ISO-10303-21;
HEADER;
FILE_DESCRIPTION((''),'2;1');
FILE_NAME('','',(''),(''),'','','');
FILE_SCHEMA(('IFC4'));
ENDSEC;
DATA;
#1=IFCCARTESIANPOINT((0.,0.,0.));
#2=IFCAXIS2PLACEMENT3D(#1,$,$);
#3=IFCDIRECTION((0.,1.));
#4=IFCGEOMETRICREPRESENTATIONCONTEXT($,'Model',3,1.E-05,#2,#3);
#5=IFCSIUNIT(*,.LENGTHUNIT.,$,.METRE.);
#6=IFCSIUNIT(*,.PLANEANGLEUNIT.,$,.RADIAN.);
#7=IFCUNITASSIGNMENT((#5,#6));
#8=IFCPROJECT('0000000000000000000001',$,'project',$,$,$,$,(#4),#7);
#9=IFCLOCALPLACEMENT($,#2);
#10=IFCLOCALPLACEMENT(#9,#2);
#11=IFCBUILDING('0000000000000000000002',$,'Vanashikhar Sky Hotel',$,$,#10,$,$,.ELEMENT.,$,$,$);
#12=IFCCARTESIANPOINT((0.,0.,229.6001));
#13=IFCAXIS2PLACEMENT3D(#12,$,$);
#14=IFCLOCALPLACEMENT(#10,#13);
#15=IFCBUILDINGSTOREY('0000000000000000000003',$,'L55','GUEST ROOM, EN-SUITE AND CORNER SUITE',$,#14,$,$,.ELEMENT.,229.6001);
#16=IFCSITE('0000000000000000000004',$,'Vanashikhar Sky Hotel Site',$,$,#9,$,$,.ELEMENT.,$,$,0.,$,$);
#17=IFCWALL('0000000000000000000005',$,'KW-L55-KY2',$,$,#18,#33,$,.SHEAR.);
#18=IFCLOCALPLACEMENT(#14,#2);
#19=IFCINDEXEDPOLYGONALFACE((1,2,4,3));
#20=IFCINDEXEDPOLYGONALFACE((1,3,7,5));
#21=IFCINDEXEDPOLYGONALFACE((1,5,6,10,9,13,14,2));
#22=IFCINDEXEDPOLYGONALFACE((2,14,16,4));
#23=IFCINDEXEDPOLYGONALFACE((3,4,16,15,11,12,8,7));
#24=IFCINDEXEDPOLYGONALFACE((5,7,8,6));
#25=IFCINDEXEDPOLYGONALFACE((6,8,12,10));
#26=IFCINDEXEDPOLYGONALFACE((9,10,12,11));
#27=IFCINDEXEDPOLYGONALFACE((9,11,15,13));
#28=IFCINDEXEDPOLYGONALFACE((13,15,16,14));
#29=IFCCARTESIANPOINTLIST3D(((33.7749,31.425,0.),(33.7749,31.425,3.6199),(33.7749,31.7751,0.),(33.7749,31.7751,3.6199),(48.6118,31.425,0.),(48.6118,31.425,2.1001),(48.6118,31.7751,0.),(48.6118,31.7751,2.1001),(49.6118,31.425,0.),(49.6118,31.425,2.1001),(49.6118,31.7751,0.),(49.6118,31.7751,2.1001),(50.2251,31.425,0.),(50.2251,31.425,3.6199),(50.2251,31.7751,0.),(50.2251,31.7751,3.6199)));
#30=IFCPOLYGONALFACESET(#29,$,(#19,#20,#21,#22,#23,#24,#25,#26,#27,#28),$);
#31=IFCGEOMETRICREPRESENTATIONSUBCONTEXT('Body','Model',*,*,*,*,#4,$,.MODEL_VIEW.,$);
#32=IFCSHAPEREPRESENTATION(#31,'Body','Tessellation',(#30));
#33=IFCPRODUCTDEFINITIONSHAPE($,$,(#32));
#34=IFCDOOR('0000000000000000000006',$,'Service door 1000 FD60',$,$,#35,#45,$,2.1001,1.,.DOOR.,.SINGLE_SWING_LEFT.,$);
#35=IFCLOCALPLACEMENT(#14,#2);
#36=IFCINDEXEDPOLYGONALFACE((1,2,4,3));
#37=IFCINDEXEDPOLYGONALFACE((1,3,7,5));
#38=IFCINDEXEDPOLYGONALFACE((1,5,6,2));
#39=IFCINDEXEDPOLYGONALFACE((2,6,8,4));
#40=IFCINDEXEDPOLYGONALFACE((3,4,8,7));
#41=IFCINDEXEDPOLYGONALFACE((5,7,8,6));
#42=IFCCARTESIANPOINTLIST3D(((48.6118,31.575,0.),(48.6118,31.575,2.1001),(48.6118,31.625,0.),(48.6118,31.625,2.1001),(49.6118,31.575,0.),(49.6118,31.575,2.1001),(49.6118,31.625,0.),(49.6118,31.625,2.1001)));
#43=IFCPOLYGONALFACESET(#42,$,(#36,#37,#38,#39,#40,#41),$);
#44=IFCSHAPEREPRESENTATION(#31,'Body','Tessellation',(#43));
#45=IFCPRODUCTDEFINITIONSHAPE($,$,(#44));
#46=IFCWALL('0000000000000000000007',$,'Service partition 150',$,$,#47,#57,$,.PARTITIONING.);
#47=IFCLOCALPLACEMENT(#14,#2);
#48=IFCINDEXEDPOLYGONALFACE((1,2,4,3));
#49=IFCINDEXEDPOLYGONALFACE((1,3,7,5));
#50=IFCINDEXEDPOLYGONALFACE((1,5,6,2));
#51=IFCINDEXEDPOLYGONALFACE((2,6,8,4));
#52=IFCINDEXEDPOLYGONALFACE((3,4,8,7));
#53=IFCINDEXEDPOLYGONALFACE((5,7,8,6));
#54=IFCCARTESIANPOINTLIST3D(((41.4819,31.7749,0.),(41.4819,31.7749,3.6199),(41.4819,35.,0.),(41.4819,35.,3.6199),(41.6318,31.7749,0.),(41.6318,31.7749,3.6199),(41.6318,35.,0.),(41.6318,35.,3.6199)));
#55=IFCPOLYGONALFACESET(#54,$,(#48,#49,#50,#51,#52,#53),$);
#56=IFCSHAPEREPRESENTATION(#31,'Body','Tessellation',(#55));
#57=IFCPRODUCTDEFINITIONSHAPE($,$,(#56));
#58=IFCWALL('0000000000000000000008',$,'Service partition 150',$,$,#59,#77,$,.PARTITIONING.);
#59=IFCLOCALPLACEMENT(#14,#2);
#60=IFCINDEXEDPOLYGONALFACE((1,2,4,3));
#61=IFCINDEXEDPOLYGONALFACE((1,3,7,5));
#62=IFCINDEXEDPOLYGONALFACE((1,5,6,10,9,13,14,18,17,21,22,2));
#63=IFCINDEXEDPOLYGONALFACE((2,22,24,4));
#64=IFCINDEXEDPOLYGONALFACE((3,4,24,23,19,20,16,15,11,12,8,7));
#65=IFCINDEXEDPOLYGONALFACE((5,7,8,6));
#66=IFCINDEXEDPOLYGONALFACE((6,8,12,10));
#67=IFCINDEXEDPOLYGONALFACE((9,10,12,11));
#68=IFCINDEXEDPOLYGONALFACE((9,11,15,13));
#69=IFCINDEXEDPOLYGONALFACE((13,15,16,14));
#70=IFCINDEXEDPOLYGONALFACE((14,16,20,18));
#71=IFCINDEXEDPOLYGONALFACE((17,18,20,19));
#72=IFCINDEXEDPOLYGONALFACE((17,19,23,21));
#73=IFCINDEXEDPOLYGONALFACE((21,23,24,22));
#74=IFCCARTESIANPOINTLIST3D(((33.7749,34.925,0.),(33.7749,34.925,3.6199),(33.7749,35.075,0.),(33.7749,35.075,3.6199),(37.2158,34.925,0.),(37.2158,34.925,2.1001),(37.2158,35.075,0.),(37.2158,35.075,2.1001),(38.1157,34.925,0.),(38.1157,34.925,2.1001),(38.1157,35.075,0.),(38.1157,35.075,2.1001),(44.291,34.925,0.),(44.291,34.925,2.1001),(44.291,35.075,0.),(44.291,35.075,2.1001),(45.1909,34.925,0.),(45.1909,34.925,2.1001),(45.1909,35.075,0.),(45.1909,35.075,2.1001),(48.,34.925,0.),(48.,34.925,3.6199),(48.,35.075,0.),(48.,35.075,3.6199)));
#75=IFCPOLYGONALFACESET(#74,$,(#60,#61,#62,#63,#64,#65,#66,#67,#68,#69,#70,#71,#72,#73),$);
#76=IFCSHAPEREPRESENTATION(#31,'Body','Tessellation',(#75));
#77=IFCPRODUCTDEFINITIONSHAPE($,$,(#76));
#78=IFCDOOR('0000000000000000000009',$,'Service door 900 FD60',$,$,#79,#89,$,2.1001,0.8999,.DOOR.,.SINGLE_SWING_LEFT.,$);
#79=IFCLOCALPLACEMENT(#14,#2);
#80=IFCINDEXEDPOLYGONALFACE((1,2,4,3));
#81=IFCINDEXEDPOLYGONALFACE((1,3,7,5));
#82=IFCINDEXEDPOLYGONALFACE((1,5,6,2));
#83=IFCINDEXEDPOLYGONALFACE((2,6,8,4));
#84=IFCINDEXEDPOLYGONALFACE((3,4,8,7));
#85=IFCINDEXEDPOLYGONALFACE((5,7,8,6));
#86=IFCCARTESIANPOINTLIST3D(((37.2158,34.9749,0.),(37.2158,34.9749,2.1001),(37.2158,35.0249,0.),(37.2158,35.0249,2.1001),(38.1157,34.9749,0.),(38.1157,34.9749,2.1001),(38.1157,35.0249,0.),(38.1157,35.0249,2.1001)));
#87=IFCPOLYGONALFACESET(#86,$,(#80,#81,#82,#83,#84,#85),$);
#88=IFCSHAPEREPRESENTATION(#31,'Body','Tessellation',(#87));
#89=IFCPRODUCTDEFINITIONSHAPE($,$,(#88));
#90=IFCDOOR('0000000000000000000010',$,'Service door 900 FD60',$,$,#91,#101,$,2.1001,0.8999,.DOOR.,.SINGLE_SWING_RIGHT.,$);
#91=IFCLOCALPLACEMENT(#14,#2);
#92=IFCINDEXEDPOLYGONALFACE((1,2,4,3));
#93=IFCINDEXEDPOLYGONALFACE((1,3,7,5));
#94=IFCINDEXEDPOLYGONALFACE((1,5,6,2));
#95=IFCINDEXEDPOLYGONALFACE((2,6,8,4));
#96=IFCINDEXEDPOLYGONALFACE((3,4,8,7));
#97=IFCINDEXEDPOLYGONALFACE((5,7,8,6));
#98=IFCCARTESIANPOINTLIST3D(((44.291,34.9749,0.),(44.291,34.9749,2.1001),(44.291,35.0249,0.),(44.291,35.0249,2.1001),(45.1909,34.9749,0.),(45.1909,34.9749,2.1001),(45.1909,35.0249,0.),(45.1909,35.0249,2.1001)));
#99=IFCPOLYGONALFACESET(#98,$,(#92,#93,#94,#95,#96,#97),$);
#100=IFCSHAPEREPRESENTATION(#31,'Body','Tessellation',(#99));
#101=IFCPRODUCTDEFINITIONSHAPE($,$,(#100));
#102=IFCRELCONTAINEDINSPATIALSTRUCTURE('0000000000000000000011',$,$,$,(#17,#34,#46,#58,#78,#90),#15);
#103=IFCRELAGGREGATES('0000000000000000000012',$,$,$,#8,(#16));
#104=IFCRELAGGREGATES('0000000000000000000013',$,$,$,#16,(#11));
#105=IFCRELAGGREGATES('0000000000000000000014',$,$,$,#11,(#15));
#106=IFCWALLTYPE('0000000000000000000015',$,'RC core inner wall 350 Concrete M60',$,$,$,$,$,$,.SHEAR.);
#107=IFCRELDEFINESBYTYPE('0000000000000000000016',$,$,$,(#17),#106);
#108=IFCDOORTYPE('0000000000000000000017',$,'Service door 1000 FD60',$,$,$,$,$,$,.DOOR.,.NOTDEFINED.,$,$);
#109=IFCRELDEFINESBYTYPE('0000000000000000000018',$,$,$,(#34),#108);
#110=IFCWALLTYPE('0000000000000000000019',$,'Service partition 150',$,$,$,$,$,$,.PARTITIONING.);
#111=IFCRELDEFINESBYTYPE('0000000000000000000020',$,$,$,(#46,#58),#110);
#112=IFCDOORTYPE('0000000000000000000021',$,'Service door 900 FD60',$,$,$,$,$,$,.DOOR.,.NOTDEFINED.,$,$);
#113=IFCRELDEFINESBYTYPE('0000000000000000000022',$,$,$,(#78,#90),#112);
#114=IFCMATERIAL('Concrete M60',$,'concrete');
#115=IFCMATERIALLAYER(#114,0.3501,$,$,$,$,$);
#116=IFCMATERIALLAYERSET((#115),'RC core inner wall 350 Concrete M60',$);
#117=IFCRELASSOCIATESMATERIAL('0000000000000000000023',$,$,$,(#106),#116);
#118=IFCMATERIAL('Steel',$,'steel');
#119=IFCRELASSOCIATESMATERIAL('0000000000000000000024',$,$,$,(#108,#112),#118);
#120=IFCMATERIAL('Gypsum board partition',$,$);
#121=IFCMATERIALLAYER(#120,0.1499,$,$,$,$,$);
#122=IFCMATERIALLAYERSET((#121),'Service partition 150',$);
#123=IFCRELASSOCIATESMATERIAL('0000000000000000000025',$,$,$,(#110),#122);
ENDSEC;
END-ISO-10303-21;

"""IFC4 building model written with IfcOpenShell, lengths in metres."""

from ifc_helpers import new_model, si_unit, direction, frame, frame_2d, origin, place, context, subcontext, project, spatial, rectangle, extrude, source, transform, mapped, material, layer, layer_set, type_object, element, fill, save


model = new_model("IFC4")

# Units and contexts
model_context = context("Model", 3, precision=1e-05, world=origin(), true_north=direction((0.0, 1.0)))
body_context = subcontext(model_context, "Body", "Model", "MODEL_VIEW")
ifc_project = project(units=[si_unit("LENGTHUNIT", "METRE"), si_unit("PLANEANGLEUNIT", "RADIAN")], contexts=[model_context])

# Site, building, storey
site_placement = place(None, origin())
site = spatial("IfcSite", under=ifc_project, at=site_placement, Name="Vanashikhar Sky Hotel Site", CompositionType="ELEMENT", RefElevation=0.0)
building_placement = place(site_placement, origin())
building = spatial("IfcBuilding", under=site, at=building_placement, Name="Vanashikhar Sky Hotel", CompositionType="ELEMENT")
storey_placement = place(building_placement, frame((0.0, 0.0, 229.6001)))
storey = spatial("IfcBuildingStorey", under=building, at=storey_placement, Name="L55", Description="GUEST ROOM, EN-SUITE AND CORNER SUITE", CompositionType="ELEMENT", Elevation=229.6001)

# Wall, opening, door
ifc_material_1 = material(Name="Concrete M60", Category="concrete")
ifc_layer_1 = layer(ifc_material_1, 0.3501)
ifc_layer_set_1 = layer_set([ifc_layer_1], Name="RC core inner wall 350 Concrete M60")
wall_type_1 = type_object("IfcWallType", Name="RC core inner wall 350 Concrete M60", PredefinedType="SHEAR", material=ifc_layer_set_1)
shared_shape_1 = source(origin(), body_context, "Body", "SweptSolid", [
    extrude(rectangle(XDim=16.4502, YDim=0.3501, at=frame_2d((8.2251, 0.0))), origin(), (0.0, 0.0, 1.0), 3.6199),
])
wall_1_placement = place(storey_placement, frame((33.7749, 31.6001, 0.0), z_axis=(0.0, 0.0, 1.0), x_axis=(1.0, 0.0, 0.0)))
wall_1 = element("IfcWall", 1, at=wall_1_placement, inside=storey, type_object=wall_type_1, Name="KW-L55-KY2", PredefinedType="SHEAR", context=body_context, shape_type="MappedRepresentation", body=[
    mapped(shared_shape_1, transform((0.0, 0.0, 0.0), scale=1.0)),
])
shared_shape_2 = source(origin(), body_context, "Body", "SweptSolid", [
    extrude(rectangle(XDim=1.0, YDim=2.1001, at=frame_2d((0.5, 1.05))), frame((0.0, 0.1851, 0.0), z_axis=(0.0, -1.0, 0.0), x_axis=(1.0, 0.0, 0.0)), (0.0, 0.0, 1.0), 0.3701),
])
opening_1_placement = place(wall_1_placement, frame((14.8369, 0.0, 0.0)))
opening_1 = element("IfcOpeningElement", 2, at=opening_1_placement, cuts=wall_1, PredefinedType="OPENING", context=body_context, shape_type="MappedRepresentation", body=[
    mapped(shared_shape_2, transform((0.0, 0.0, 0.0), scale=1.0)),
])
ifc_material_2 = material(Name="Steel", Category="steel")
door_type_1 = type_object("IfcDoorType", Name="Service door 1000 FD60", OperationType="NOTDEFINED", PredefinedType="DOOR", material=ifc_material_2)
shared_shape_3 = source(origin(), body_context, "Body", "SweptSolid", [
    extrude(rectangle(XDim=1.0, YDim=2.1001, at=frame_2d((0.5, 1.05))), frame((0.0, 0.0249, 0.0), z_axis=(0.0, -1.0, 0.0), x_axis=(1.0, 0.0, 0.0)), (0.0, 0.0, 1.0), 0.05),
])
door_1_placement = place(opening_1_placement, origin())
door_1 = element("IfcDoor", 3, at=door_1_placement, inside=storey, type_object=door_type_1, Name="Service door 1000 FD60", OperationType="SINGLE_SWING_LEFT", OverallHeight=2.1001, OverallWidth=1.0, PredefinedType="DOOR", context=body_context, shape_type="MappedRepresentation", body=[
    mapped(shared_shape_3, transform((0.0, 0.0, 0.0), scale=1.0)),
])
fill(opening_1, door_1)

# Wall
ifc_material_3 = material(Name="Gypsum board partition")
ifc_layer_2 = layer(ifc_material_3, 0.1499)
ifc_layer_set_2 = layer_set([ifc_layer_2], Name="Service partition 150")
wall_type_2 = type_object("IfcWallType", Name="Service partition 150", PredefinedType="PARTITIONING", material=ifc_layer_set_2)
shared_shape_4 = source(origin(), body_context, "Body", "SweptSolid", [
    extrude(rectangle(XDim=3.2251, YDim=0.1499, at=frame_2d((1.6125, 0.0))), origin(), (0.0, 0.0, 1.0), 3.6199),
])
wall_2_placement = place(storey_placement, frame((41.5569, 31.7749, 0.0), z_axis=(0.0, 0.0, 1.0), x_axis=(0.0, 1.0, 0.0)))
element("IfcWall", 4, at=wall_2_placement, inside=storey, type_object=wall_type_2, Name="Service partition 150", PredefinedType="PARTITIONING", context=body_context, shape_type="MappedRepresentation", body=[
    mapped(shared_shape_4, transform((0.0, 0.0, 0.0), scale=1.0)),
])

# Wall, openings, doors
shared_shape_5 = source(origin(), body_context, "Body", "SweptSolid", [
    extrude(rectangle(XDim=14.2251, YDim=0.1499, at=frame_2d((7.1125, 0.0))), origin(), (0.0, 0.0, 1.0), 3.6199),
])
wall_3_placement = place(storey_placement, frame((33.7749, 35.0, 0.0), z_axis=(0.0, 0.0, 1.0), x_axis=(1.0, 0.0, 0.0)))
wall_3 = element("IfcWall", 5, at=wall_3_placement, inside=storey, type_object=wall_type_2, Name="Service partition 150", PredefinedType="PARTITIONING", context=body_context, shape_type="MappedRepresentation", body=[
    mapped(shared_shape_5, transform((0.0, 0.0, 0.0), scale=1.0)),
])
shared_shape_6 = source(origin(), body_context, "Body", "SweptSolid", [
    extrude(rectangle(XDim=0.8999, YDim=2.1001, at=frame_2d((0.45, 1.05))), frame((0.0, 0.085, 0.0), z_axis=(0.0, -1.0, 0.0), x_axis=(1.0, 0.0, 0.0)), (0.0, 0.0, 1.0), 0.1699),
])
opening_2_placement = place(wall_3_placement, frame((3.4409, 0.0, 0.0)))
opening_2 = element("IfcOpeningElement", 6, at=opening_2_placement, cuts=wall_3, PredefinedType="OPENING", context=body_context, shape_type="MappedRepresentation", body=[
    mapped(shared_shape_6, transform((0.0, 0.0, 0.0), scale=1.0)),
])
opening_3_placement = place(wall_3_placement, frame((10.5161, 0.0, 0.0)))
opening_3 = element("IfcOpeningElement", 7, at=opening_3_placement, cuts=wall_3, PredefinedType="OPENING", context=body_context, shape_type="MappedRepresentation", body=[
    mapped(shared_shape_6, transform((0.0, 0.0, 0.0), scale=1.0)),
])
door_type_2 = type_object("IfcDoorType", Name="Service door 900 FD60", OperationType="NOTDEFINED", PredefinedType="DOOR", material=ifc_material_2)
shared_shape_7 = source(origin(), body_context, "Body", "SweptSolid", [
    extrude(rectangle(XDim=0.8999, YDim=2.1001, at=frame_2d((0.45, 1.05))), frame((0.0, 0.0249, 0.0), z_axis=(0.0, -1.0, 0.0), x_axis=(1.0, 0.0, 0.0)), (0.0, 0.0, 1.0), 0.05),
])
door_2_placement = place(opening_2_placement, origin())
door_2 = element("IfcDoor", 8, at=door_2_placement, inside=storey, type_object=door_type_2, Name="Service door 900 FD60", OperationType="SINGLE_SWING_LEFT", OverallHeight=2.1001, OverallWidth=0.8999, PredefinedType="DOOR", context=body_context, shape_type="MappedRepresentation", body=[
    mapped(shared_shape_7, transform((0.0, 0.0, 0.0), scale=1.0)),
])
fill(opening_2, door_2)
door_3_placement = place(opening_3_placement, origin())
door_3 = element("IfcDoor", 9, at=door_3_placement, inside=storey, type_object=door_type_2, Name="Service door 900 FD60", OperationType="SINGLE_SWING_RIGHT", OverallHeight=2.1001, OverallWidth=0.8999, PredefinedType="DOOR", context=body_context, shape_type="MappedRepresentation", body=[
    mapped(shared_shape_7, transform((0.0, 0.0, 0.0), scale=1.0)),
])
fill(opening_3, door_3)

save(model, "model.ifc")
